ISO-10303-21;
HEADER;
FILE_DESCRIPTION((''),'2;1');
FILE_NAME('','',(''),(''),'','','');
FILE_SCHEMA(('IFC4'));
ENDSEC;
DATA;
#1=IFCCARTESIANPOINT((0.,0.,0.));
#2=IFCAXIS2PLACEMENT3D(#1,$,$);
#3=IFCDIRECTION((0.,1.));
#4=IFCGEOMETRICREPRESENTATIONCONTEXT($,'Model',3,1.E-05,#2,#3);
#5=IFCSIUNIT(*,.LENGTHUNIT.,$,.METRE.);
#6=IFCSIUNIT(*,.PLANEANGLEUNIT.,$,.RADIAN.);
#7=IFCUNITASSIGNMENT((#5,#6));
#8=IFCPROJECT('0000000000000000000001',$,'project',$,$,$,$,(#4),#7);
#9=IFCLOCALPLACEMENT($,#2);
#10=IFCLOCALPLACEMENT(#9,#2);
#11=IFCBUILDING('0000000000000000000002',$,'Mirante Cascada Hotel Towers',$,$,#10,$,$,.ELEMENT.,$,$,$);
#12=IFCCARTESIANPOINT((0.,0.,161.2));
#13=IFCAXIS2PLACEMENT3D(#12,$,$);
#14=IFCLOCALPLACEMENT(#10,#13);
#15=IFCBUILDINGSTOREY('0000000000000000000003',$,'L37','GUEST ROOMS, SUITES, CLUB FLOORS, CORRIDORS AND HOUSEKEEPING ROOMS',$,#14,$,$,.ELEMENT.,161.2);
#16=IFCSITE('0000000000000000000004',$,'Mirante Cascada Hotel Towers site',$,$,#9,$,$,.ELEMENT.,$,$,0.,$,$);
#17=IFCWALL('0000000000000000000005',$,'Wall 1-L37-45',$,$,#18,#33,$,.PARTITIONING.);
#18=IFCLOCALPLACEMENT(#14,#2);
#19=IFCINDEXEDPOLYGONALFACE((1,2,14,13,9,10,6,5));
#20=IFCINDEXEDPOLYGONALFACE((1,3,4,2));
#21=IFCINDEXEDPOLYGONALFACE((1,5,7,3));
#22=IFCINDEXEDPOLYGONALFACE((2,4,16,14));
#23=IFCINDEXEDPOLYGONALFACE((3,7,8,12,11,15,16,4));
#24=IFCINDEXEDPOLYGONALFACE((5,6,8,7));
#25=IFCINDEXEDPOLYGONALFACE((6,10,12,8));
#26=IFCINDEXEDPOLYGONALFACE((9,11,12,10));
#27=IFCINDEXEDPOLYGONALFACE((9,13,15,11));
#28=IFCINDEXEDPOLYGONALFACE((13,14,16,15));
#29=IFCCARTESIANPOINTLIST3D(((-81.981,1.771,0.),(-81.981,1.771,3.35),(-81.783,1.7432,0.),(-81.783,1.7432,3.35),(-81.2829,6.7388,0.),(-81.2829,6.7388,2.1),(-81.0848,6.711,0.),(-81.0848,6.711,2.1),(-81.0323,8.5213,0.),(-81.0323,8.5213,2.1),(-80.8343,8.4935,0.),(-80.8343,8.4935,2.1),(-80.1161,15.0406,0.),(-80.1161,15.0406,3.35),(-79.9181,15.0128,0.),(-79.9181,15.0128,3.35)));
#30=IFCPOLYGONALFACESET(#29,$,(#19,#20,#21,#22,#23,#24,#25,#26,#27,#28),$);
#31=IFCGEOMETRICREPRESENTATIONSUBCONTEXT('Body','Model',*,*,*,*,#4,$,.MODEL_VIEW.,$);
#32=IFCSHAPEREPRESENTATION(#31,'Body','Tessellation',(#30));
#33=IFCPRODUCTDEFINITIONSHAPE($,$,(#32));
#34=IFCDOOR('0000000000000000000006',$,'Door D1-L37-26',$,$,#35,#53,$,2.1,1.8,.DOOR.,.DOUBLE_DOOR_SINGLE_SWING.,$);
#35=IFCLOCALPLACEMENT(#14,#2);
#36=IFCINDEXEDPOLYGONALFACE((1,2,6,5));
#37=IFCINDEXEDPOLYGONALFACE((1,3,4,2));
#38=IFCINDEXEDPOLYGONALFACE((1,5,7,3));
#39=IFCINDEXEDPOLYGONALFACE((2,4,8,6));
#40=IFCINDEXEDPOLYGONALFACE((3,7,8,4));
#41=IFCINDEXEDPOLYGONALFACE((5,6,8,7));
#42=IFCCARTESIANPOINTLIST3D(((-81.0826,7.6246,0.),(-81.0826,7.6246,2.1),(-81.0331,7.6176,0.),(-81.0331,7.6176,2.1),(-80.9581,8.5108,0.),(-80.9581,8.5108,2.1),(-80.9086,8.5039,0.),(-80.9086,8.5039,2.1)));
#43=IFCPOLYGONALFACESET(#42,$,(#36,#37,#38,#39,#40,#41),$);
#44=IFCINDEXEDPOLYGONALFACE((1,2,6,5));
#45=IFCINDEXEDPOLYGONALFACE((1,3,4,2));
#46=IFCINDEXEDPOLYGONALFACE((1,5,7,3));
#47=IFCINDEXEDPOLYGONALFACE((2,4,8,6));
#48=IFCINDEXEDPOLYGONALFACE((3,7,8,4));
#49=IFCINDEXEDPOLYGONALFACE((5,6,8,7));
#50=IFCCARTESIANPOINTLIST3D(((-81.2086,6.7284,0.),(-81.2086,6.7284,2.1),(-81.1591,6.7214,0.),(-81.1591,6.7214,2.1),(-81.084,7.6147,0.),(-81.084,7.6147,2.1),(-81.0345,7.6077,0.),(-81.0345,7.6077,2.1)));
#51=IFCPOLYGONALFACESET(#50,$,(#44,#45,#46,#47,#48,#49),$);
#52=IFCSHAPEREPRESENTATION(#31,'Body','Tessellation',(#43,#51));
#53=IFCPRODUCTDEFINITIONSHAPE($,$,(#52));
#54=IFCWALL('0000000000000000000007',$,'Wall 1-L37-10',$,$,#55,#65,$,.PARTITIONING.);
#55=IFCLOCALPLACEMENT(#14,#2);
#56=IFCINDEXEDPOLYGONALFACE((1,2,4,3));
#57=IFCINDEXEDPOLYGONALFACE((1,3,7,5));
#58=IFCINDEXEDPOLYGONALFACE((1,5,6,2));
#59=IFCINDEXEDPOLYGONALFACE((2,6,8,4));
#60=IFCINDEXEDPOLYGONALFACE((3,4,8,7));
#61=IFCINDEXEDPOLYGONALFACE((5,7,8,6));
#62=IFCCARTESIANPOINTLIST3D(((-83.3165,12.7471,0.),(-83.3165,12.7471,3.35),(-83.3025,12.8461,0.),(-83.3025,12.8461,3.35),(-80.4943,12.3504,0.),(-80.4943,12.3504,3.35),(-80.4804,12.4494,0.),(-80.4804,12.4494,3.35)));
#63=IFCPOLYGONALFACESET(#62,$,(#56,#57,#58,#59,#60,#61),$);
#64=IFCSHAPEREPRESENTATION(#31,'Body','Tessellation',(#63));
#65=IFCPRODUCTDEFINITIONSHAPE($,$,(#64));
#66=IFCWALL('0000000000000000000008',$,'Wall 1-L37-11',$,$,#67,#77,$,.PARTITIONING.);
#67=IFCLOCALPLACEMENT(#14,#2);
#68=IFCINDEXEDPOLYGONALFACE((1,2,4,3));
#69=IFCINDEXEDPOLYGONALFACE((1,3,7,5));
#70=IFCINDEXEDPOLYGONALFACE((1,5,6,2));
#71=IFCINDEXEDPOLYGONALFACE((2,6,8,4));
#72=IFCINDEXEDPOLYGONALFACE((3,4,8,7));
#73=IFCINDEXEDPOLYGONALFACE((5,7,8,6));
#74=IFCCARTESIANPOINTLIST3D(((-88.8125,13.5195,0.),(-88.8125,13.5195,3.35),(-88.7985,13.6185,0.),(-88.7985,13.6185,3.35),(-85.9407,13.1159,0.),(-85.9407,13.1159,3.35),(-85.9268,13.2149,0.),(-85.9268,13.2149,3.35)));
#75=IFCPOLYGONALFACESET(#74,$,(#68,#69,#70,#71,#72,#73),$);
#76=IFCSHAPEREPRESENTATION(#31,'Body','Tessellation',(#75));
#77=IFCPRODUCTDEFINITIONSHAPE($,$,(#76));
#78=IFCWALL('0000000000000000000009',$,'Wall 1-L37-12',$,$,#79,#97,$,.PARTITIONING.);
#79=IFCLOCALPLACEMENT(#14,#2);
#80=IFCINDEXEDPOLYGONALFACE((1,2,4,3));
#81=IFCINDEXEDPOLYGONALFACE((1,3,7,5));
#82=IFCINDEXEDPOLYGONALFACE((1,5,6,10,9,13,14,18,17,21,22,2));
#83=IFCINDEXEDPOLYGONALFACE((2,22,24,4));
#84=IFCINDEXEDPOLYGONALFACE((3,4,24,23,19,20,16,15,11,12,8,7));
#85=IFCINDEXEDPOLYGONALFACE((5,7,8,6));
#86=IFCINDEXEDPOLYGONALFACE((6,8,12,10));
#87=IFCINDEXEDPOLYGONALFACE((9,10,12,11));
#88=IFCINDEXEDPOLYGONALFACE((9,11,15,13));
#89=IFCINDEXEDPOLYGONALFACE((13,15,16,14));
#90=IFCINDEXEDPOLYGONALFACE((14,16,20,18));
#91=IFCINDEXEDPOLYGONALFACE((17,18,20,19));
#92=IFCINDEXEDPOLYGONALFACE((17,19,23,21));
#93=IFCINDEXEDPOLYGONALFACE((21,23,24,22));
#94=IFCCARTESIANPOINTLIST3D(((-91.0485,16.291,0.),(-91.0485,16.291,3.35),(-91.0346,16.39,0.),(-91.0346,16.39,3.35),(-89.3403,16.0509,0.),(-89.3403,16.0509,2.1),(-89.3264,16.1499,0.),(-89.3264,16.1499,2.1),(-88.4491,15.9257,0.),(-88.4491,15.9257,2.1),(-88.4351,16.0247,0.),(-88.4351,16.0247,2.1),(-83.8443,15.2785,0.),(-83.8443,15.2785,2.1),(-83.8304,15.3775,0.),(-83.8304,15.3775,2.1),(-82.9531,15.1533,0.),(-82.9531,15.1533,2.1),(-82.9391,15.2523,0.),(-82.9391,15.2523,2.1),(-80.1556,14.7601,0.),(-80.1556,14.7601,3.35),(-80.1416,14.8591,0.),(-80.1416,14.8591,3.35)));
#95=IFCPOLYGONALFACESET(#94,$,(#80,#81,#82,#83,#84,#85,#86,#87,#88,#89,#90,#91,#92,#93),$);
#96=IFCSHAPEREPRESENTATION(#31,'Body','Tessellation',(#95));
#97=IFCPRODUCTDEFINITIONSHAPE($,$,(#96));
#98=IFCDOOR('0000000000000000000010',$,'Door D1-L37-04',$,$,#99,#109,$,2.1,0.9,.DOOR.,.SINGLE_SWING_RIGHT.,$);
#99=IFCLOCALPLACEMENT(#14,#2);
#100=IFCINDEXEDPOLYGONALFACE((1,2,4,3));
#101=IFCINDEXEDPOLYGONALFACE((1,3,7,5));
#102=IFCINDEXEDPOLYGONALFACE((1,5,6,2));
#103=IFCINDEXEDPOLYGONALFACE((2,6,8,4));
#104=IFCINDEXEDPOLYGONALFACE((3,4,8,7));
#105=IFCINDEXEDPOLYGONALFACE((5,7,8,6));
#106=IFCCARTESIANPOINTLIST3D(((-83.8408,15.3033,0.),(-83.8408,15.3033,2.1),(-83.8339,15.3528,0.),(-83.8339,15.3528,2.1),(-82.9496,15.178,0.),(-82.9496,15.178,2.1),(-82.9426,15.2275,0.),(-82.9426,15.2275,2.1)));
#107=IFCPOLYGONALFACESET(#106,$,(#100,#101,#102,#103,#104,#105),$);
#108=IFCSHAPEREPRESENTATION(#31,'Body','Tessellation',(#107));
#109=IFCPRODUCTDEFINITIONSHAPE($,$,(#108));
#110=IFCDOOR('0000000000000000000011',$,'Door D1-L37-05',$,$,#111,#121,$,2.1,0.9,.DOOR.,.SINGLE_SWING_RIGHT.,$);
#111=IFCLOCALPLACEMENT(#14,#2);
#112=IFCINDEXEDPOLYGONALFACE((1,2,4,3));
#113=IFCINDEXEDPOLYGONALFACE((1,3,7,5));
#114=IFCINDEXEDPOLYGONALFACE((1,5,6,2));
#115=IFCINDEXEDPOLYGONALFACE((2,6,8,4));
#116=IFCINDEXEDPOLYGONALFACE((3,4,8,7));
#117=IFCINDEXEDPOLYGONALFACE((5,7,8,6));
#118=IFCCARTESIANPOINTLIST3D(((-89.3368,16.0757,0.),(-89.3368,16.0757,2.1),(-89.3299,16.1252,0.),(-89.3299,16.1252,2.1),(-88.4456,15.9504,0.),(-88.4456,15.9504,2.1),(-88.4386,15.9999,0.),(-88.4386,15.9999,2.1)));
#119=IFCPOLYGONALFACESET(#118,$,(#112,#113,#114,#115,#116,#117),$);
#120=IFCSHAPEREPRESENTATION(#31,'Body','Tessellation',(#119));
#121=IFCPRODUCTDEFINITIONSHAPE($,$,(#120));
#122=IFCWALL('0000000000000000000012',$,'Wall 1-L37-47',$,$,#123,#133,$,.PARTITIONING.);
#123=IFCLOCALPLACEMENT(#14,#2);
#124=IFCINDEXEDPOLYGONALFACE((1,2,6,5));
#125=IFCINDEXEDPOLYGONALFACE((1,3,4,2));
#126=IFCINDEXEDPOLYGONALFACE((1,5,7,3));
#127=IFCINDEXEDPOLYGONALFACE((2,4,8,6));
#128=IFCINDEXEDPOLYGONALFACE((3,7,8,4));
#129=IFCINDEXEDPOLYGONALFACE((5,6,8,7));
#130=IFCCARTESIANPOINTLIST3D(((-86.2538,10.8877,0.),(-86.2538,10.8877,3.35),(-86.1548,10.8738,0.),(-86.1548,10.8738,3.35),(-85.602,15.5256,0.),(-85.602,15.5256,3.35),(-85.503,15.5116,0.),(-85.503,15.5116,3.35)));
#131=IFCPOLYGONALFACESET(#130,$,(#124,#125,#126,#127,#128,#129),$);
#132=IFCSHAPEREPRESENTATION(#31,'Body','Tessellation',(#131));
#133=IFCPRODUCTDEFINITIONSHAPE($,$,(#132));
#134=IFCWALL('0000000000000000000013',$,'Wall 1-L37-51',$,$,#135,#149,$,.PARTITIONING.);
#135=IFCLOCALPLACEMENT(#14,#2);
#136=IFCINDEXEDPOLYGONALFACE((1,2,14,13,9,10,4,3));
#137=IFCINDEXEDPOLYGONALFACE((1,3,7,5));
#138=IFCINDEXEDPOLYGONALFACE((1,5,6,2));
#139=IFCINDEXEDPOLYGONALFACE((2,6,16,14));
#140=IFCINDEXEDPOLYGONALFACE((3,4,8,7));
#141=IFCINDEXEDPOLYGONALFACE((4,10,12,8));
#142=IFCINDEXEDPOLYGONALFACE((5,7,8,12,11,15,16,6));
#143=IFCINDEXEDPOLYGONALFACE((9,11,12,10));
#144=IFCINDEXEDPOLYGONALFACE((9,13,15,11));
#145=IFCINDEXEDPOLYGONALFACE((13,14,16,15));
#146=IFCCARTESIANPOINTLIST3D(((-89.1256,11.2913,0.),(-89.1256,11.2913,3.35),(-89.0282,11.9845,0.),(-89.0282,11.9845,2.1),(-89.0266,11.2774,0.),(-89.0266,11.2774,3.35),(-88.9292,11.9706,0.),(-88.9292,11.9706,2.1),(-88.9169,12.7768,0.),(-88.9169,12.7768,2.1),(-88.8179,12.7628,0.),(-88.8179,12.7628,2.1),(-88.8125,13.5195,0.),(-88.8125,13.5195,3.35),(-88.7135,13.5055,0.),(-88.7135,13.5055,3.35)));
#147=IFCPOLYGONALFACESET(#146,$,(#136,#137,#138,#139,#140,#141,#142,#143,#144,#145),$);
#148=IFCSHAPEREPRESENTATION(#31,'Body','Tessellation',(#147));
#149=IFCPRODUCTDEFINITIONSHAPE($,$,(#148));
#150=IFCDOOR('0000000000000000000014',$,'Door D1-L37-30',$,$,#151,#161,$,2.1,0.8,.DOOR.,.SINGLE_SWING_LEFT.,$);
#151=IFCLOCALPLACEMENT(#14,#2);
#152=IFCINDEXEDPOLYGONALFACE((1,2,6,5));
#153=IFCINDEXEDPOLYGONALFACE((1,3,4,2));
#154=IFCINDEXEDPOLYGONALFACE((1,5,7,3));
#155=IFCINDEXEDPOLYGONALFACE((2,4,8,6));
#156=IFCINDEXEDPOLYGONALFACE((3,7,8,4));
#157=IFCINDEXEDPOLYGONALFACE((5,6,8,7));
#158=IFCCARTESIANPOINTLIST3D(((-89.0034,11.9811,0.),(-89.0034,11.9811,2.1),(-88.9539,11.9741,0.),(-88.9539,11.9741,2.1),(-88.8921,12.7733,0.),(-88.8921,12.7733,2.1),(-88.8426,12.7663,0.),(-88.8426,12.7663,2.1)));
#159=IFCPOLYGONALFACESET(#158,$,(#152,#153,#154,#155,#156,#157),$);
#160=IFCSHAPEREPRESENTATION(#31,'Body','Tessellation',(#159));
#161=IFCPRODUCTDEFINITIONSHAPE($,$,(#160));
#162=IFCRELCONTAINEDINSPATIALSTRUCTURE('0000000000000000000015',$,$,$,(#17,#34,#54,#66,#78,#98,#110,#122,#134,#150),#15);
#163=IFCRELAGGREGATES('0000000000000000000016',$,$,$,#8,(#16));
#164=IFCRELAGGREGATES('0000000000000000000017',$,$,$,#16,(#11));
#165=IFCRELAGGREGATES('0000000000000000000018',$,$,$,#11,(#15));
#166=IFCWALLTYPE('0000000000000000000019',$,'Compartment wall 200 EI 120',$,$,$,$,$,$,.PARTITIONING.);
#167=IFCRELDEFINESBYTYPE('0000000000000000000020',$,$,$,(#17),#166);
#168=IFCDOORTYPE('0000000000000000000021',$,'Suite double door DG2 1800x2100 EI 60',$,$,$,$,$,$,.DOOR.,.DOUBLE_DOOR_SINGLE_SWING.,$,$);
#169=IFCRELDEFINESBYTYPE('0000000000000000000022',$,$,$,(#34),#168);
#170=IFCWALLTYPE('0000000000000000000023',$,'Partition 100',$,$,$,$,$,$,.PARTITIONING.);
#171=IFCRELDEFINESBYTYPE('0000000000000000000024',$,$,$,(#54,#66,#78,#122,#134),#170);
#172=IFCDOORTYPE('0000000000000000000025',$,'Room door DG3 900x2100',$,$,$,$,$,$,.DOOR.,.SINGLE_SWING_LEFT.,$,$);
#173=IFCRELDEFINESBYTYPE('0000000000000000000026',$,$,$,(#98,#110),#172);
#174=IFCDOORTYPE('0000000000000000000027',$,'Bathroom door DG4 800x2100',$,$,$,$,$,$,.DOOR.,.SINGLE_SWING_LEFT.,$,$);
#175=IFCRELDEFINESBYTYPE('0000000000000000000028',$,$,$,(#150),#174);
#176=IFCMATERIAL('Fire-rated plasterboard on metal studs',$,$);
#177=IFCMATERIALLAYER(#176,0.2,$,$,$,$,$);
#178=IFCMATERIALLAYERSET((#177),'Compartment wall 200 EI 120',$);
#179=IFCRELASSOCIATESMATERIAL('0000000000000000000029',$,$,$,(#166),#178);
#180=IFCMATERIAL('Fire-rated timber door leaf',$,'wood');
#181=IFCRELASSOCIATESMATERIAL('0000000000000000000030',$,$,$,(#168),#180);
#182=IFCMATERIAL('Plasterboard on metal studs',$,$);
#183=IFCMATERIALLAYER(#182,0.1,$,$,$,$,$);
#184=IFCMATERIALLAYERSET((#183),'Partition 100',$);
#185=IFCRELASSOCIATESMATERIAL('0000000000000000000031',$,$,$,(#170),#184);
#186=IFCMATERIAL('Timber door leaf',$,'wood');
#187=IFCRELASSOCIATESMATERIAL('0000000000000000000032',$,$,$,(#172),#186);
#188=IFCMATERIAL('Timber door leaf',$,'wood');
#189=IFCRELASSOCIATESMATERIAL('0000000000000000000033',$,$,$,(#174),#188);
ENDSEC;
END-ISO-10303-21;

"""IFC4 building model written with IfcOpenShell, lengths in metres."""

from ifc_helpers import new_model, si_unit, direction, frame, frame_2d, origin, place, context, subcontext, project, spatial, rectangle, extrude, material, layer, layer_set, type_object, element, fill, save


model = new_model("IFC4")

# Units and contexts
model_context = context("Model", 3, precision=1e-05, world=origin(), true_north=direction((0.0, 1.0)))
body_context = subcontext(model_context, "Body", "Model", "MODEL_VIEW")
ifc_project = project(units=[si_unit("LENGTHUNIT", "METRE"), si_unit("PLANEANGLEUNIT", "RADIAN")], contexts=[model_context])

# Site, building, storey
site_placement = place(None, origin())
site = spatial("IfcSite", under=ifc_project, at=site_placement, Name="Mirante Cascada Hotel Towers site", CompositionType="ELEMENT", RefElevation=0.0)
building_placement = place(site_placement, origin())
building = spatial("IfcBuilding", under=site, at=building_placement, Name="Mirante Cascada Hotel Towers", CompositionType="ELEMENT")
storey_placement = place(building_placement, frame((0.0, 0.0, 161.2)))
storey = spatial("IfcBuildingStorey", under=building, at=storey_placement, Name="L37", Description="GUEST ROOMS, SUITES, CLUB FLOORS, CORRIDORS AND HOUSEKEEPING ROOMS", CompositionType="ELEMENT", Elevation=161.2)

# Shared definitions
ifc_material_1 = material(Name="Fire-rated plasterboard on metal studs")
ifc_layer_1 = layer(ifc_material_1, 0.2)
ifc_layer_set_1 = layer_set([ifc_layer_1], Name="Compartment wall 200 EI 120")
wall_type_1 = type_object("IfcWallType", Name="Compartment wall 200 EI 120", PredefinedType="PARTITIONING", material=ifc_layer_set_1)

# Wall, opening, door
wall_1_placement = place(storey_placement, frame((-80.0171, 15.0267, 0.0), z_axis=(0.0, 0.0, 1.0), x_axis=(-0.139172, -0.990268, 0.0)))
wall_1 = element("IfcWall", 1, at=wall_1_placement, inside=storey, type_object=wall_type_1, Name="Wall 1-L37-45", PredefinedType="PARTITIONING", context=body_context, shape_type="SweptSolid", body=[
    extrude(rectangle(XDim=13.4, YDim=0.2, at=frame_2d((6.7, 0.0))), origin(), (0.0, 0.0, 1.0), 3.35),
])
opening_1_placement = place(wall_1_placement, frame((6.5834, 0.0, 0.0)))
opening_1 = element("IfcOpeningElement", 2, at=opening_1_placement, cuts=wall_1, PredefinedType="OPENING", context=body_context, shape_type="SweptSolid", body=[
    extrude(rectangle(XDim=1.8, YDim=2.1, at=frame_2d((0.9, 1.05))), frame((0.0, 0.1, 0.0), z_axis=(0.0, -1.0, 0.0), x_axis=(1.0, 0.0, 0.0)), (0.0, 0.0, 1.0), 0.2),
])
ifc_material_2 = material(Name="Fire-rated timber door leaf", Category="wood")
door_type_1 = type_object("IfcDoorType", Name="Suite double door DG2 1800x2100 EI 60", OperationType="DOUBLE_DOOR_SINGLE_SWING", PredefinedType="DOOR", material=ifc_material_2)
door_1_placement = place(opening_1_placement, origin())
door_1 = element("IfcDoor", 3, at=door_1_placement, inside=storey, type_object=door_type_1, Name="Door D1-L37-26", OperationType="DOUBLE_DOOR_SINGLE_SWING", OverallHeight=2.1, OverallWidth=1.8, PredefinedType="DOOR", context=body_context, shape_type="SweptSolid", body=[
    extrude(rectangle(XDim=0.895, YDim=2.1, at=frame_2d((0.4475, 1.05))), frame((0.0, 0.025, 0.0), z_axis=(0.0, -1.0, 0.0), x_axis=(1.0, 0.0, 0.0)), (0.0, 0.0, 1.0), 0.05),
    extrude(rectangle(XDim=0.895, YDim=2.1, at=frame_2d((1.3525, 1.05))), frame((0.0, 0.025, 0.0), z_axis=(0.0, -1.0, 0.0), x_axis=(1.0, 0.0, 0.0)), (0.0, 0.0, 1.0), 0.05),
])
fill(opening_1, door_1)

# Walls
ifc_material_3 = material(Name="Plasterboard on metal studs")
ifc_layer_2 = layer(ifc_material_3, 0.1)
ifc_layer_set_2 = layer_set([ifc_layer_2], Name="Partition 100")
wall_type_2 = type_object("IfcWallType", Name="Partition 100", PredefinedType="PARTITIONING", material=ifc_layer_set_2)
wall_2_placement = place(storey_placement, frame((-80.4873, 12.3999, 0.0), z_axis=(0.0, 0.0, 1.0), x_axis=(-0.990265, 0.139196, 0.0)))
element("IfcWall", 4, at=wall_2_placement, inside=storey, type_object=wall_type_2, Name="Wall 1-L37-10", PredefinedType="PARTITIONING", context=body_context, shape_type="SweptSolid", body=[
    extrude(rectangle(XDim=2.8499, YDim=0.1, at=frame_2d((1.425, 0.0))), origin(), (0.0, 0.0, 1.0), 3.35),
])
wall_3_placement = place(storey_placement, frame((-88.8055, 13.569, 0.0), z_axis=(0.0, 0.0, 1.0), x_axis=(0.990268, -0.139171, 0.0)))
element("IfcWall", 5, at=wall_3_placement, inside=storey, type_object=wall_type_2, Name="Wall 1-L37-11", PredefinedType="PARTITIONING", context=body_context, shape_type="SweptSolid", body=[
    extrude(rectangle(XDim=2.9, YDim=0.1, at=frame_2d((1.45, 0.0))), origin(), (0.0, 0.0, 1.0), 3.35),
])

# Wall, openings, doors
wall_4_placement = place(storey_placement, frame((-80.1486, 14.8096, 0.0), z_axis=(0.0, 0.0, 1.0), x_axis=(-0.990268, 0.139173, 0.0)))
wall_4 = element("IfcWall", 6, at=wall_4_placement, inside=storey, type_object=wall_type_2, Name="Wall 1-L37-12", PredefinedType="PARTITIONING", context=body_context, shape_type="SweptSolid", body=[
    extrude(rectangle(XDim=11.0, YDim=0.1, at=frame_2d((5.5, 0.0))), origin(), (0.0, 0.0, 1.0), 3.35),
])
opening_2_placement = place(wall_4_placement, frame((2.825, 0.0, 0.0)))
opening_2 = element("IfcOpeningElement", 7, at=opening_2_placement, cuts=wall_4, PredefinedType="OPENING", context=body_context, shape_type="SweptSolid", body=[
    extrude(rectangle(XDim=0.9, YDim=2.1, at=frame_2d((0.45, 1.05))), frame((0.0, 0.05, 0.0), z_axis=(0.0, -1.0, 0.0), x_axis=(1.0, 0.0, 0.0)), (0.0, 0.0, 1.0), 0.1),
])
opening_3_placement = place(wall_4_placement, frame((8.375, 0.0, 0.0)))
opening_3 = element("IfcOpeningElement", 8, at=opening_3_placement, cuts=wall_4, PredefinedType="OPENING", context=body_context, shape_type="SweptSolid", body=[
    extrude(rectangle(XDim=0.9, YDim=2.1, at=frame_2d((0.45, 1.05))), frame((0.0, 0.05, 0.0), z_axis=(0.0, -1.0, 0.0), x_axis=(1.0, 0.0, 0.0)), (0.0, 0.0, 1.0), 0.1),
])
ifc_material_4 = material(Name="Timber door leaf", Category="wood")
door_type_2 = type_object("IfcDoorType", Name="Room door DG3 900x2100", OperationType="SINGLE_SWING_LEFT", PredefinedType="DOOR", material=ifc_material_4)
door_2_placement = place(opening_2_placement, frame((0.9, 0.0, 0.0), z_axis=(0.0, 0.0, 1.0), x_axis=(-1.0, 0.0, 0.0)))
door_2 = element("IfcDoor", 9, at=door_2_placement, inside=storey, type_object=door_type_2, Name="Door D1-L37-04", OperationType="SINGLE_SWING_RIGHT", OverallHeight=2.1, OverallWidth=0.9, PredefinedType="DOOR", context=body_context, shape_type="SweptSolid", body=[
    extrude(rectangle(XDim=0.9, YDim=2.1, at=frame_2d((0.45, 1.05))), frame((0.0, 0.025, 0.0), z_axis=(0.0, -1.0, 0.0), x_axis=(1.0, 0.0, 0.0)), (0.0, 0.0, 1.0), 0.05),
])
fill(opening_2, door_2)
door_3_placement = place(opening_3_placement, frame((0.9, 0.0, 0.0), z_axis=(0.0, 0.0, 1.0), x_axis=(-1.0, 0.0, 0.0)))
door_3 = element("IfcDoor", 10, at=door_3_placement, inside=storey, type_object=door_type_2, Name="Door D1-L37-05", OperationType="SINGLE_SWING_RIGHT", OverallHeight=2.1, OverallWidth=0.9, PredefinedType="DOOR", context=body_context, shape_type="SweptSolid", body=[
    extrude(rectangle(XDim=0.9, YDim=2.1, at=frame_2d((0.45, 1.05))), frame((0.0, 0.025, 0.0), z_axis=(0.0, -1.0, 0.0), x_axis=(1.0, 0.0, 0.0)), (0.0, 0.0, 1.0), 0.05),
])
fill(opening_3, door_3)

# Wall
wall_5_placement = place(storey_placement, frame((-85.5525, 15.5186, 0.0), z_axis=(0.0, 0.0, 1.0), x_axis=(-0.139173, -0.990268, 0.0)))
element("IfcWall", 11, at=wall_5_placement, inside=storey, type_object=wall_type_2, Name="Wall 1-L37-47", PredefinedType="PARTITIONING", context=body_context, shape_type="SweptSolid", body=[
    extrude(rectangle(XDim=4.6834, YDim=0.1, at=frame_2d((2.3417, 0.0))), origin(), (0.0, 0.0, 1.0), 3.35),
])

# Wall, opening, door
wall_6_placement = place(storey_placement, frame((-88.763, 13.5125, 0.0), z_axis=(0.0, 0.0, 1.0), x_axis=(-0.139156, -0.990271, 0.0)))
wall_6 = element("IfcWall", 12, at=wall_6_placement, inside=storey, type_object=wall_type_2, Name="Wall 1-L37-51", PredefinedType="PARTITIONING", context=body_context, shape_type="SweptSolid", body=[
    extrude(rectangle(XDim=2.25, YDim=0.1, at=frame_2d((1.125, 0.0))), origin(), (0.0, 0.0, 1.0), 3.35),
])
opening_4_placement = place(wall_6_placement, frame((0.75, 0.0, 0.0)))
opening_4 = element("IfcOpeningElement", 13, at=opening_4_placement, cuts=wall_6, PredefinedType="OPENING", context=body_context, shape_type="SweptSolid", body=[
    extrude(rectangle(XDim=0.8, YDim=2.1, at=frame_2d((0.4, 1.05))), frame((0.0, 0.05, 0.0), z_axis=(0.0, -1.0, 0.0), x_axis=(1.0, 0.0, 0.0)), (0.0, 0.0, 1.0), 0.1),
])
ifc_material_5 = material(Name="Timber door leaf", Category="wood")
door_type_3 = type_object("IfcDoorType", Name="Bathroom door DG4 800x2100", OperationType="SINGLE_SWING_LEFT", PredefinedType="DOOR", material=ifc_material_5)
door_4_placement = place(opening_4_placement, origin())
door_4 = element("IfcDoor", 14, at=door_4_placement, inside=storey, type_object=door_type_3, Name="Door D1-L37-30", OperationType="SINGLE_SWING_LEFT", OverallHeight=2.1, OverallWidth=0.8, PredefinedType="DOOR", context=body_context, shape_type="SweptSolid", body=[
    extrude(rectangle(XDim=0.8, YDim=2.1, at=frame_2d((0.4, 1.05))), frame((0.0, 0.025, 0.0), z_axis=(0.0, -1.0, 0.0), x_axis=(1.0, 0.0, 0.0)), (0.0, 0.0, 1.0), 0.05),
])
fill(opening_4, door_4)

save(model, "model.ifc")
